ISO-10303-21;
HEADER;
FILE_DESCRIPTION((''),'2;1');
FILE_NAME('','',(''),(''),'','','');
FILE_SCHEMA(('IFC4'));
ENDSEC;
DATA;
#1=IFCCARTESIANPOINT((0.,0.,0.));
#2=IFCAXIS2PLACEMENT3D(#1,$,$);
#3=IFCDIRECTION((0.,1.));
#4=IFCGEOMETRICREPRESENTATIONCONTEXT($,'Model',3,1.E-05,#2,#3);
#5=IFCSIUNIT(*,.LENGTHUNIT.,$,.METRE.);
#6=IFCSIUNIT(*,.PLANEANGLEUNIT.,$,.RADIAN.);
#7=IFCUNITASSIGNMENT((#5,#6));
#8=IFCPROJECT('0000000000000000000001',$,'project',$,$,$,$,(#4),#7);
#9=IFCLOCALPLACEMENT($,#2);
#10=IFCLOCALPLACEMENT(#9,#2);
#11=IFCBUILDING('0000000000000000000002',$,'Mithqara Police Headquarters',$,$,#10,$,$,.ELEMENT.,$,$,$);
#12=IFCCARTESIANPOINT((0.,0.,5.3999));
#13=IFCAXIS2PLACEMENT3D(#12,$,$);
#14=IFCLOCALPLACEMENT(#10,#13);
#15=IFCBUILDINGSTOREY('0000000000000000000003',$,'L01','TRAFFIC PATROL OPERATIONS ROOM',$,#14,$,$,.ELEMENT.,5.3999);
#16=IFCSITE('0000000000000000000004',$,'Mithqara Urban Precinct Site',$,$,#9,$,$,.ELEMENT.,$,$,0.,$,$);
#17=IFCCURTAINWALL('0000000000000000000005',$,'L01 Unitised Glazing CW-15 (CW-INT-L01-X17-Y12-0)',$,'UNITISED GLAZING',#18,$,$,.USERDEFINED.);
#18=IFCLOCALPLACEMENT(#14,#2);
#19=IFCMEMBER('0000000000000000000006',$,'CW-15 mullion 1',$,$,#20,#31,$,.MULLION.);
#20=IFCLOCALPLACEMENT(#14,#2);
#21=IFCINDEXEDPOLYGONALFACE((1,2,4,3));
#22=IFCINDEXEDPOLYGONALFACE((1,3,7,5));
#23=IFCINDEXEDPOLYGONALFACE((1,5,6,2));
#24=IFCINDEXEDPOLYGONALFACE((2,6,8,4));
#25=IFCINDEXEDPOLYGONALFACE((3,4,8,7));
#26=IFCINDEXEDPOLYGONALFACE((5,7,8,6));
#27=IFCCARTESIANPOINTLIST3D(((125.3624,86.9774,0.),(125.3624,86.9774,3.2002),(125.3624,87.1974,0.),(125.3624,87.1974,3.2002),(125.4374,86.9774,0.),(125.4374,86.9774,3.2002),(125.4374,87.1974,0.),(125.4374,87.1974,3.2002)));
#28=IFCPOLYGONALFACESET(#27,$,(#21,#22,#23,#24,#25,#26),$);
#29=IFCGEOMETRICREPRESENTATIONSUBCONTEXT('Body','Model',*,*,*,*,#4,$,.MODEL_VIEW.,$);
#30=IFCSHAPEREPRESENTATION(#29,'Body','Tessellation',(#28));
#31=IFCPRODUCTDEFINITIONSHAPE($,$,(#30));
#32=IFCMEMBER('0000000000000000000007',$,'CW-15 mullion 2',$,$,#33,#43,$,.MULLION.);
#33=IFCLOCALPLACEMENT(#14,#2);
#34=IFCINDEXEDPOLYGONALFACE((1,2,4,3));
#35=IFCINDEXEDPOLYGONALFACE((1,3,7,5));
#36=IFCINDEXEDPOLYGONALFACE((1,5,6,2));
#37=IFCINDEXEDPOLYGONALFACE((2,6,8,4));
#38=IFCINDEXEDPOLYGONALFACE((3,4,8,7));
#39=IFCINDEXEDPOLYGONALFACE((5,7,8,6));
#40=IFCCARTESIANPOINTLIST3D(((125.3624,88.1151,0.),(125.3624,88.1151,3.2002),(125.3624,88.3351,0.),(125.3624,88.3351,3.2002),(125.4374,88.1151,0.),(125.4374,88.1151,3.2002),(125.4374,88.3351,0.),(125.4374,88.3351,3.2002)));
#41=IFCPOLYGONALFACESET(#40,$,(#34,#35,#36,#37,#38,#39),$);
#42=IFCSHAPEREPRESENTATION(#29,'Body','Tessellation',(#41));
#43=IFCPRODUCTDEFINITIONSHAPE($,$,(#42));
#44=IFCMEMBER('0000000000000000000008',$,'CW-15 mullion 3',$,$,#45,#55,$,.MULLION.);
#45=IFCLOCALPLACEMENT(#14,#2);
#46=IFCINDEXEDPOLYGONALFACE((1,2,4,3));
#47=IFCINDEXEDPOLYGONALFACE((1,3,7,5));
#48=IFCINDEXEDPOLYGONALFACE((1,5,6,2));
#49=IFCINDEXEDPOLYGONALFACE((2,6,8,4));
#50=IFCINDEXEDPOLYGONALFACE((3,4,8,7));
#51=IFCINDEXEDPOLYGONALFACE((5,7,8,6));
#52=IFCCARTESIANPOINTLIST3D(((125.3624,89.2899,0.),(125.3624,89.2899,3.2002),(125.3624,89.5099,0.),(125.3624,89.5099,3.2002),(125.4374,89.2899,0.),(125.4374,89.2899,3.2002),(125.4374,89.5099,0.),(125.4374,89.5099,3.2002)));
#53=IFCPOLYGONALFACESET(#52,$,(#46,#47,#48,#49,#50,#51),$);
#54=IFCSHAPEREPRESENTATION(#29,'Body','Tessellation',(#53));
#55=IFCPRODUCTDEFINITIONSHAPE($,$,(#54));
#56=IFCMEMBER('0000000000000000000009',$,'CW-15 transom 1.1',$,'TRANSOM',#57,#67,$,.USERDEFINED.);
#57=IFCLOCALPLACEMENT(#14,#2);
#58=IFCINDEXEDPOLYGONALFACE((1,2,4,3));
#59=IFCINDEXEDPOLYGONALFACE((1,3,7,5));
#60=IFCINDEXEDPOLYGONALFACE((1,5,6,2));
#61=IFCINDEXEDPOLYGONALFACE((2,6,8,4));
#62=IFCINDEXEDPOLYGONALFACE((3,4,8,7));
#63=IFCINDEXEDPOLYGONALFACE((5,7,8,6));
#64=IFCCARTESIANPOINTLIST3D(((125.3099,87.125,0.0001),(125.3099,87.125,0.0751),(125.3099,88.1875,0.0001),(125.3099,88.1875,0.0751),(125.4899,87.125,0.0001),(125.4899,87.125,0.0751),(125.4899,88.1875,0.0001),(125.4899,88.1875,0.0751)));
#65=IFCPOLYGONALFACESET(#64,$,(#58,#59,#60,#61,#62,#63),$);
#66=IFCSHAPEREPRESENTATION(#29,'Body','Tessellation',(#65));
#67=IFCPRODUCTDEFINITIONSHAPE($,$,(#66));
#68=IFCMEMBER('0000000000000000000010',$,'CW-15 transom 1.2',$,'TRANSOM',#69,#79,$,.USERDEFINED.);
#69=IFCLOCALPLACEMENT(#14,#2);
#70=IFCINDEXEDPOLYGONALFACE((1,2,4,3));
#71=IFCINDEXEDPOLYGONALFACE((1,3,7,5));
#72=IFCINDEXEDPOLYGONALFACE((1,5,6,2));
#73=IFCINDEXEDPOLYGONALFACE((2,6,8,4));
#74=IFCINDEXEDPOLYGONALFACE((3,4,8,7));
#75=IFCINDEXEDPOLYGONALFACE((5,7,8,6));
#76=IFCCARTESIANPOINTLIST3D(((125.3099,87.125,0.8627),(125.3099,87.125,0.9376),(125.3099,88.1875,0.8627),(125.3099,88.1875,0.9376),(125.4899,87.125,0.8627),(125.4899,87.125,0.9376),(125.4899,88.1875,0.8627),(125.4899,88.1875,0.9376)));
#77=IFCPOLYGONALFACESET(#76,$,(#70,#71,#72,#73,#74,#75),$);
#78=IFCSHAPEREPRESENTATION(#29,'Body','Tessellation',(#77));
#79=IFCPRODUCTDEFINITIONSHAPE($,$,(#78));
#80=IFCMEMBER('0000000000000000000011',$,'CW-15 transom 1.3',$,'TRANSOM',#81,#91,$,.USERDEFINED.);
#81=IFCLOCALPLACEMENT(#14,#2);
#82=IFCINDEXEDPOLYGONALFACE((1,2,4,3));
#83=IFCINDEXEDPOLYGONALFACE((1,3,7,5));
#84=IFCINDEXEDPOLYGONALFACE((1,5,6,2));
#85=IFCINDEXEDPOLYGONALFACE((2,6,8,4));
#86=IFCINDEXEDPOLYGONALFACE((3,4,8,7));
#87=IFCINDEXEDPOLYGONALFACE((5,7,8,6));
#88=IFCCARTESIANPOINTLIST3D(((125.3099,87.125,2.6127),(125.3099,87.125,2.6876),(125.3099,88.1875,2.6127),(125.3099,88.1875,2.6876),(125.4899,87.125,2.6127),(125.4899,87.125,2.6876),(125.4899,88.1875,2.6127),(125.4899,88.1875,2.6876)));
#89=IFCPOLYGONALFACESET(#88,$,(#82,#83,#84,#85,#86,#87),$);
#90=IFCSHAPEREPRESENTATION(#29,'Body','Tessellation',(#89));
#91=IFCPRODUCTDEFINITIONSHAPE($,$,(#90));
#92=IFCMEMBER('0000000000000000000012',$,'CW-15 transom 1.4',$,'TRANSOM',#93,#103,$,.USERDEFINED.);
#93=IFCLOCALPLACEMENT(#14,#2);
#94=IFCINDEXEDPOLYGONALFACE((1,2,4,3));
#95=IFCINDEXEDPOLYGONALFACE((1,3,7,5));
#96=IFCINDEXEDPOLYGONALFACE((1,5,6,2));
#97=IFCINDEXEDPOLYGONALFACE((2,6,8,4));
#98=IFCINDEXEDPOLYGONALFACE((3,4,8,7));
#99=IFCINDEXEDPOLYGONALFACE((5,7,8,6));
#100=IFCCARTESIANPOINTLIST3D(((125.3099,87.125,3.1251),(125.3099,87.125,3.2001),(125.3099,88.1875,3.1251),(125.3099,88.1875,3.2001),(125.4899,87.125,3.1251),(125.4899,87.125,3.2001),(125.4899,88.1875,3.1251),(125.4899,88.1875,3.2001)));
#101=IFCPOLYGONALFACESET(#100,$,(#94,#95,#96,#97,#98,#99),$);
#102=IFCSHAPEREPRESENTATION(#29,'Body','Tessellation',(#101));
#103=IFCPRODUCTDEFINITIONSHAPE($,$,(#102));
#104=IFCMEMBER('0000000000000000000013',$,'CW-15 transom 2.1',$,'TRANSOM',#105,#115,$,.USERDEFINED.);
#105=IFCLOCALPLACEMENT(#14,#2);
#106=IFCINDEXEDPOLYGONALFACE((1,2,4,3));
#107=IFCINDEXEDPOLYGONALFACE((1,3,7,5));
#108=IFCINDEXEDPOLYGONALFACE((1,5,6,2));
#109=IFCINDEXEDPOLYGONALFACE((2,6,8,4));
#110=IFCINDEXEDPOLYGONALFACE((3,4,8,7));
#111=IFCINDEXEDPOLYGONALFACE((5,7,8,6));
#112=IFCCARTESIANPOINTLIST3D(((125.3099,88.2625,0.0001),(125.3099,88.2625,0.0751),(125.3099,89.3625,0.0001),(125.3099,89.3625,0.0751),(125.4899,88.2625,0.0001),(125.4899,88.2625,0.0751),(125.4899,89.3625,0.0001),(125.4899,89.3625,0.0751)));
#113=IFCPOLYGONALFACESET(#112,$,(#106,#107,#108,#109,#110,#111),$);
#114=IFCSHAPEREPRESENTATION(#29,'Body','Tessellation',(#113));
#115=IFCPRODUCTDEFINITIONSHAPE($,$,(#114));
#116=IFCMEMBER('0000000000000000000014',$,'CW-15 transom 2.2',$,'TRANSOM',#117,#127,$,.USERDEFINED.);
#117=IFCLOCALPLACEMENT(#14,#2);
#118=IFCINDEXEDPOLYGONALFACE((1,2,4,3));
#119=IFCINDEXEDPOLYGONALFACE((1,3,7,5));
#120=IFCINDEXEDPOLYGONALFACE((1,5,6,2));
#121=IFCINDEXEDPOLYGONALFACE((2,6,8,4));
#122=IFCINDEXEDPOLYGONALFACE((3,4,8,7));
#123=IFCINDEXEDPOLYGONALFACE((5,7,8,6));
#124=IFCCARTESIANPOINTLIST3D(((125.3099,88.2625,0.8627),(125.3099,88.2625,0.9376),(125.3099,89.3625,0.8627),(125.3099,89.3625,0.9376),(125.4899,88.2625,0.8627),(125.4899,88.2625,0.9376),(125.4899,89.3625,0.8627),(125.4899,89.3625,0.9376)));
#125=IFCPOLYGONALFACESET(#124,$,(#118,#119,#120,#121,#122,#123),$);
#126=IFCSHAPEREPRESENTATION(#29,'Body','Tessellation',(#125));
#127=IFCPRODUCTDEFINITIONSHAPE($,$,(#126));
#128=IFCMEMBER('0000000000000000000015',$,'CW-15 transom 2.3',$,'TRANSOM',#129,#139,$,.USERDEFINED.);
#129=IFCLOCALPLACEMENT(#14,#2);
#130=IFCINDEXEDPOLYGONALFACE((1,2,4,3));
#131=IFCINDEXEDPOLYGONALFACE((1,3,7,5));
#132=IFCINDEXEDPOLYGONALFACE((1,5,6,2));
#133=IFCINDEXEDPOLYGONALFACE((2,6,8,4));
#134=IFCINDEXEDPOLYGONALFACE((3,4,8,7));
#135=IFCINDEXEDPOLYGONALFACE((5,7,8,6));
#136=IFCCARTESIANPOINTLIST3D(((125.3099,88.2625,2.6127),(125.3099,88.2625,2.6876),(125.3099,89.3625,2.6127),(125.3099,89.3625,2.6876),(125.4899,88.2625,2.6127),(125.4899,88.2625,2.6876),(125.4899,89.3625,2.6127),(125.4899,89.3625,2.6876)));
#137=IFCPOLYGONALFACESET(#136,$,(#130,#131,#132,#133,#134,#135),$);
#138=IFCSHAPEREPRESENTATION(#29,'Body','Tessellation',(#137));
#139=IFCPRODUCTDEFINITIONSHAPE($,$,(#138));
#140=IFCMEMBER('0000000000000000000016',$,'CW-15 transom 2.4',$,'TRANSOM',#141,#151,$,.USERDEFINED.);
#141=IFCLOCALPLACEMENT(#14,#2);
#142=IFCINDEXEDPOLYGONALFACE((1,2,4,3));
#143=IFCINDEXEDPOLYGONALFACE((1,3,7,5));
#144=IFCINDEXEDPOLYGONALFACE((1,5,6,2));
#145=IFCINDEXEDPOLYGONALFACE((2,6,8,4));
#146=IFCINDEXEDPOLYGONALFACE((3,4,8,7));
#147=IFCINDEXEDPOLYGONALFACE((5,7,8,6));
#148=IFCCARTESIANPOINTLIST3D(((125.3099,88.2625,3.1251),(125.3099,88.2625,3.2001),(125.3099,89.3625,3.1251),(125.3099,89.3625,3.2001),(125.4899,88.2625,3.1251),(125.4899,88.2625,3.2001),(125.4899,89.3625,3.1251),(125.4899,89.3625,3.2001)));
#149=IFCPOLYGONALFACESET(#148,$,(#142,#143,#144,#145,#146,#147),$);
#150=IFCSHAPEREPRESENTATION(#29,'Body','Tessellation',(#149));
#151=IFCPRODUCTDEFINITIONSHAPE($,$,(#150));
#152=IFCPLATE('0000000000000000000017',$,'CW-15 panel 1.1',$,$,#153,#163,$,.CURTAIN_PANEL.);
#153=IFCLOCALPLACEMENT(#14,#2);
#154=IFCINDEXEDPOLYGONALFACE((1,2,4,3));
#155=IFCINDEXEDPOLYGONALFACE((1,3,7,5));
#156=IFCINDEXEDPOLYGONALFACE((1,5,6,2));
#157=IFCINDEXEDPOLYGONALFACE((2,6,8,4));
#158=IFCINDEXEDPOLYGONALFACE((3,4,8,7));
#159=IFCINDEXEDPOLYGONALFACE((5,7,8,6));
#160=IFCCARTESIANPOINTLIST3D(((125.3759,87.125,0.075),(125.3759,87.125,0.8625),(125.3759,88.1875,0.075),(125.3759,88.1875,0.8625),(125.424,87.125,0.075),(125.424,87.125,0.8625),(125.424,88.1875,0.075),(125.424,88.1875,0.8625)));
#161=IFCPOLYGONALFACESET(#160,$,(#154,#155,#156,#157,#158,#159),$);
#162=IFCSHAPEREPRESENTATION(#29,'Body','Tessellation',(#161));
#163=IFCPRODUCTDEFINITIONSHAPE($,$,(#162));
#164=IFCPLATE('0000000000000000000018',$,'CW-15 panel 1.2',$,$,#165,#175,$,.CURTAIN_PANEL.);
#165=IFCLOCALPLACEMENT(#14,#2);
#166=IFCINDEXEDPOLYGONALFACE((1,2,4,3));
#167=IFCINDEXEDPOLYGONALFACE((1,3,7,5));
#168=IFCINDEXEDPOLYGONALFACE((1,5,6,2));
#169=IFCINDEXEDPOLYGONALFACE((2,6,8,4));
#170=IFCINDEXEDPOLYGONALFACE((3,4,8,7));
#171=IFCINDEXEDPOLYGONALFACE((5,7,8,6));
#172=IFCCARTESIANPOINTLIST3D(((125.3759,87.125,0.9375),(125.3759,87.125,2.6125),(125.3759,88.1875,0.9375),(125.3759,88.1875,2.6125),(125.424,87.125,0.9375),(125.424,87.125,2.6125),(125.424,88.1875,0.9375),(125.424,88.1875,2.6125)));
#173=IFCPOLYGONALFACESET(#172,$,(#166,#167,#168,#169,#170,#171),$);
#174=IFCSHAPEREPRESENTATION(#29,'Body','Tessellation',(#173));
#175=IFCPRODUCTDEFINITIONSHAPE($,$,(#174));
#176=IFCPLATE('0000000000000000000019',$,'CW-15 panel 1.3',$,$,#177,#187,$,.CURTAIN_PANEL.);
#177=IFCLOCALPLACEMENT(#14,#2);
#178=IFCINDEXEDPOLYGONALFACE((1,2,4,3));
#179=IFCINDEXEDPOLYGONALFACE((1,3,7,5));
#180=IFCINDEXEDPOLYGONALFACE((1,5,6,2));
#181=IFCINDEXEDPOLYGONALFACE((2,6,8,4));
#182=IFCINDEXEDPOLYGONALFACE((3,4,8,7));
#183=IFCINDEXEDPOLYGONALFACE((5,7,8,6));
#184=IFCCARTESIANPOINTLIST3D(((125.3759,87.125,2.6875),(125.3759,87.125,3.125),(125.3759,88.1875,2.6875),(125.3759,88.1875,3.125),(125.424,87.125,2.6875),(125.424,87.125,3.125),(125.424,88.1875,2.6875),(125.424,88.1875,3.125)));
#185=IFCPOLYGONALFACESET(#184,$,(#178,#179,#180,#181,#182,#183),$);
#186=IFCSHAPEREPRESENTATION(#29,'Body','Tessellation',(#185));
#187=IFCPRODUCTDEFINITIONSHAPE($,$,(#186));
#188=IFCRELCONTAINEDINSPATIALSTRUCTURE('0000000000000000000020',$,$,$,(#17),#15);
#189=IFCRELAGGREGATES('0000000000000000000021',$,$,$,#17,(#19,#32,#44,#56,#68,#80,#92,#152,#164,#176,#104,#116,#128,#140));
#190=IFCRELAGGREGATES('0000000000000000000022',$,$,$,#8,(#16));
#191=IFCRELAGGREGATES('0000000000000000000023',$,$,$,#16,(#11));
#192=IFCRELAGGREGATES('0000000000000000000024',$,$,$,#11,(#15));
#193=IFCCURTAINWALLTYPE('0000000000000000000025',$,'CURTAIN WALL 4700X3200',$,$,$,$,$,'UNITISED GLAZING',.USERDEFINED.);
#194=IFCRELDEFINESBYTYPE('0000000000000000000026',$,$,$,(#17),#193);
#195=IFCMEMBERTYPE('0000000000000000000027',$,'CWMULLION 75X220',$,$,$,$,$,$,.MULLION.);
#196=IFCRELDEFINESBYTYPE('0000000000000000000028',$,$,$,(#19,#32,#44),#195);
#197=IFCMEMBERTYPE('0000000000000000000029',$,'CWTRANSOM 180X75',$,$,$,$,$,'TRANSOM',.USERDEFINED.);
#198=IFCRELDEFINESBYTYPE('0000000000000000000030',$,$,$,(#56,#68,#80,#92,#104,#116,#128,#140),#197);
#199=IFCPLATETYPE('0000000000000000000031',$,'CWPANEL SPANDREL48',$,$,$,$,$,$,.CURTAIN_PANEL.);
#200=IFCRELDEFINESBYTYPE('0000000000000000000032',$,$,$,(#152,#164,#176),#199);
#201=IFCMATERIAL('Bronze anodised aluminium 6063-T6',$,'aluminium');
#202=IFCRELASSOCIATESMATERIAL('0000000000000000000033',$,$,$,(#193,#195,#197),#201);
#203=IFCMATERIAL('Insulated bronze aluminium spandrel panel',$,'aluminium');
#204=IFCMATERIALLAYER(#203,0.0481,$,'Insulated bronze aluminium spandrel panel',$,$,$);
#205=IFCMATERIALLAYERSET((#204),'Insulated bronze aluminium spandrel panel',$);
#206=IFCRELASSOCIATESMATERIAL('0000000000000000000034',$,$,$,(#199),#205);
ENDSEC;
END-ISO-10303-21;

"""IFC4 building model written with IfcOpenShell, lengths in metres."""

from ifc_helpers import new_model, si_unit, direction, frame, origin, origin_2d, place, context, subcontext, project, spatial, rectangle, extrude, material, layer, layer_set, material_profile, profile_set, type_object, element, aggregate, save


model = new_model("IFC4")

# Units and contexts
model_context = context("Model", 3, precision=1e-05, world=origin(), true_north=direction((0.0, 1.0)))
body_context = subcontext(model_context, "Body", "Model", "MODEL_VIEW")
ifc_project = project(units=[si_unit("LENGTHUNIT", "METRE"), si_unit("PLANEANGLEUNIT", "RADIAN")], contexts=[model_context])

# Site, building, storey
site_placement = place(None, origin())
site = spatial("IfcSite", under=ifc_project, at=site_placement, Name="Mithqara Urban Precinct Site", CompositionType="ELEMENT", RefElevation=0.0)
building_placement = place(site_placement, origin())
building = spatial("IfcBuilding", under=site, at=building_placement, Name="Mithqara Police Headquarters", CompositionType="ELEMENT")
storey_placement = place(building_placement, frame((0.0, 0.0, 5.3999)))
storey = spatial("IfcBuildingStorey", under=building, at=storey_placement, Name="L01", Description="TRAFFIC PATROL OPERATIONS ROOM", CompositionType="ELEMENT", Elevation=5.3999)

# Curtain wall, members, plates
ifc_material_1 = material(Name="Bronze anodised aluminium 6063-T6", Category="aluminium")
curtain_wall_type = type_object("IfcCurtainWallType", Name="CURTAIN WALL 4700X3200", ElementType="UNITISED GLAZING", PredefinedType="USERDEFINED", material=ifc_material_1)
curtain_wall_placement = place(storey_placement, origin())
curtain_wall = element("IfcCurtainWall", 1, at=curtain_wall_placement, inside=storey, type_object=curtain_wall_type, Name="L01 Unitised Glazing CW-15 (CW-INT-L01-X17-Y12-0)", ObjectType="UNITISED GLAZING", PredefinedType="USERDEFINED")
ifc_material_profile_1 = material_profile(ifc_material_1, rectangle(XDim=0.075, YDim=0.22, at=origin_2d()), Name="CWM 75x220")
ifc_profile_set_1 = profile_set([ifc_material_profile_1], Name="Bronze anodised aluminium 6063-T6")
member_type_1 = type_object("IfcMemberType", Name="CWMULLION 75X220", PredefinedType="MULLION", material=ifc_profile_set_1)
member_1_placement = place(storey_placement, frame((125.3999, 87.0874, 0.0), z_axis=(0.0, 0.0, 1.0), x_axis=(-1.0, 0.0, 0.0)))
member_1 = element("IfcMember", 2, at=member_1_placement, type_object=member_type_1, Name="CW-15 mullion 1", PredefinedType="MULLION", context=body_context, shape_type="SweptSolid", body=[
    extrude(rectangle(XDim=0.075, YDim=0.22, at=origin_2d()), origin(), (0.0, 0.0, 1.0), 3.2002),
])
member_2_placement = place(storey_placement, frame((125.3999, 88.2251, 0.0), z_axis=(0.0, 0.0, 1.0), x_axis=(-1.0, 0.0, 0.0)))
member_2 = element("IfcMember", 3, at=member_2_placement, type_object=member_type_1, Name="CW-15 mullion 2", PredefinedType="MULLION", context=body_context, shape_type="SweptSolid", body=[
    extrude(rectangle(XDim=0.075, YDim=0.22, at=origin_2d()), origin(), (0.0, 0.0, 1.0), 3.2002),
])
member_3_placement = place(storey_placement, frame((125.3999, 89.3999, 0.0), z_axis=(0.0, 0.0, 1.0), x_axis=(-1.0, 0.0, 0.0)))
member_3 = element("IfcMember", 4, at=member_3_placement, type_object=member_type_1, Name="CW-15 mullion 3", PredefinedType="MULLION", context=body_context, shape_type="SweptSolid", body=[
    extrude(rectangle(XDim=0.075, YDim=0.22, at=origin_2d()), origin(), (0.0, 0.0, 1.0), 3.2002),
])
ifc_material_profile_2 = material_profile(ifc_material_1, rectangle(XDim=0.1799, YDim=0.075, at=origin_2d()), Name="CWT 180x75")
ifc_profile_set_2 = profile_set([ifc_material_profile_2], Name="Bronze anodised aluminium 6063-T6")
member_type_2 = type_object("IfcMemberType", Name="CWTRANSOM 180X75", ElementType="TRANSOM", PredefinedType="USERDEFINED", material=ifc_profile_set_2)
member_4_placement = place(storey_placement, frame((125.3999, 87.125, 0.0376), z_axis=(0.0, 1.0, 0.0), x_axis=(-1.0, 0.0, 0.0)))
member_4 = element("IfcMember", 5, at=member_4_placement, type_object=member_type_2, Name="CW-15 transom 1.1", ObjectType="TRANSOM", PredefinedType="USERDEFINED", context=body_context, shape_type="SweptSolid", body=[
    extrude(rectangle(XDim=0.1799, YDim=0.075, at=origin_2d()), origin(), (0.0, 0.0, 1.0), 1.0625),
])
member_5_placement = place(storey_placement, frame((125.3999, 87.125, 0.9001), z_axis=(0.0, 1.0, 0.0), x_axis=(-1.0, 0.0, 0.0)))
member_5 = element("IfcMember", 6, at=member_5_placement, type_object=member_type_2, Name="CW-15 transom 1.2", ObjectType="TRANSOM", PredefinedType="USERDEFINED", context=body_context, shape_type="SweptSolid", body=[
    extrude(rectangle(XDim=0.1799, YDim=0.075, at=origin_2d()), origin(), (0.0, 0.0, 1.0), 1.0625),
])
member_6_placement = place(storey_placement, frame((125.3999, 87.125, 2.6501), z_axis=(0.0, 1.0, 0.0), x_axis=(-1.0, 0.0, 0.0)))
member_6 = element("IfcMember", 7, at=member_6_placement, type_object=member_type_2, Name="CW-15 transom 1.3", ObjectType="TRANSOM", PredefinedType="USERDEFINED", context=body_context, shape_type="SweptSolid", body=[
    extrude(rectangle(XDim=0.1799, YDim=0.075, at=origin_2d()), origin(), (0.0, 0.0, 1.0), 1.0625),
])
member_7_placement = place(storey_placement, frame((125.3999, 87.125, 3.1626), z_axis=(0.0, 1.0, 0.0), x_axis=(-1.0, 0.0, 0.0)))
member_7 = element("IfcMember", 8, at=member_7_placement, type_object=member_type_2, Name="CW-15 transom 1.4", ObjectType="TRANSOM", PredefinedType="USERDEFINED", context=body_context, shape_type="SweptSolid", body=[
    extrude(rectangle(XDim=0.1799, YDim=0.075, at=origin_2d()), origin(), (0.0, 0.0, 1.0), 1.0625),
])
member_8_placement = place(storey_placement, frame((125.3999, 88.2625, 0.0376), z_axis=(0.0, 1.0, 0.0), x_axis=(-1.0, 0.0, 0.0)))
member_8 = element("IfcMember", 9, at=member_8_placement, type_object=member_type_2, Name="CW-15 transom 2.1", ObjectType="TRANSOM", PredefinedType="USERDEFINED", context=body_context, shape_type="SweptSolid", body=[
    extrude(rectangle(XDim=0.1799, YDim=0.075, at=origin_2d()), origin(), (0.0, 0.0, 1.0), 1.1001),
])
member_9_placement = place(storey_placement, frame((125.3999, 88.2625, 0.9001), z_axis=(0.0, 1.0, 0.0), x_axis=(-1.0, 0.0, 0.0)))
member_9 = element("IfcMember", 10, at=member_9_placement, type_object=member_type_2, Name="CW-15 transom 2.2", ObjectType="TRANSOM", PredefinedType="USERDEFINED", context=body_context, shape_type="SweptSolid", body=[
    extrude(rectangle(XDim=0.1799, YDim=0.075, at=origin_2d()), origin(), (0.0, 0.0, 1.0), 1.1001),
])
member_10_placement = place(storey_placement, frame((125.3999, 88.2625, 2.6501), z_axis=(0.0, 1.0, 0.0), x_axis=(-1.0, 0.0, 0.0)))
member_10 = element("IfcMember", 11, at=member_10_placement, type_object=member_type_2, Name="CW-15 transom 2.3", ObjectType="TRANSOM", PredefinedType="USERDEFINED", context=body_context, shape_type="SweptSolid", body=[
    extrude(rectangle(XDim=0.1799, YDim=0.075, at=origin_2d()), origin(), (0.0, 0.0, 1.0), 1.1001),
])
member_11_placement = place(storey_placement, frame((125.3999, 88.2625, 3.1626), z_axis=(0.0, 1.0, 0.0), x_axis=(-1.0, 0.0, 0.0)))
member_11 = element("IfcMember", 12, at=member_11_placement, type_object=member_type_2, Name="CW-15 transom 2.4", ObjectType="TRANSOM", PredefinedType="USERDEFINED", context=body_context, shape_type="SweptSolid", body=[
    extrude(rectangle(XDim=0.1799, YDim=0.075, at=origin_2d()), origin(), (0.0, 0.0, 1.0), 1.1001),
])
ifc_material_2 = material(Name="Insulated bronze aluminium spandrel panel", Category="aluminium")
ifc_layer = layer(ifc_material_2, 0.0481, Name="Insulated bronze aluminium spandrel panel")
ifc_layer_set = layer_set([ifc_layer], Name="Insulated bronze aluminium spandrel panel")
plate_type = type_object("IfcPlateType", Name="CWPANEL SPANDREL48", PredefinedType="CURTAIN_PANEL", material=ifc_layer_set)
plate_1_placement = place(storey_placement, frame((125.3999, 87.6562, 0.075), z_axis=(0.0, 0.0, 1.0), x_axis=(0.0, 1.0, 0.0)))
plate_1 = element("IfcPlate", 13, at=plate_1_placement, type_object=plate_type, Name="CW-15 panel 1.1", PredefinedType="CURTAIN_PANEL", context=body_context, shape_type="SweptSolid", body=[
    extrude(rectangle(XDim=1.0625, YDim=0.0481, at=origin_2d()), origin(), (0.0, 0.0, 1.0), 0.7876),
])
plate_2_placement = place(storey_placement, frame((125.3999, 87.6562, 0.9375), z_axis=(0.0, 0.0, 1.0), x_axis=(0.0, 1.0, 0.0)))
plate_2 = element("IfcPlate", 14, at=plate_2_placement, type_object=plate_type, Name="CW-15 panel 1.2", PredefinedType="CURTAIN_PANEL", context=body_context, shape_type="SweptSolid", body=[
    extrude(rectangle(XDim=1.0625, YDim=0.0481, at=origin_2d()), origin(), (0.0, 0.0, 1.0), 1.675),
])
plate_3_placement = place(storey_placement, frame((125.3999, 87.6562, 2.6875), z_axis=(0.0, 0.0, 1.0), x_axis=(0.0, 1.0, 0.0)))
plate_3 = element("IfcPlate", 15, at=plate_3_placement, type_object=plate_type, Name="CW-15 panel 1.3", PredefinedType="CURTAIN_PANEL", context=body_context, shape_type="SweptSolid", body=[
    extrude(rectangle(XDim=1.0625, YDim=0.0481, at=origin_2d()), origin(), (0.0, 0.0, 1.0), 0.4375),
])
aggregate(curtain_wall, [member_1, member_2, member_3, member_4, member_5, member_6, member_7, plate_1, plate_2, plate_3, member_8, member_9, member_10, member_11])

save(model, "model.ifc")
